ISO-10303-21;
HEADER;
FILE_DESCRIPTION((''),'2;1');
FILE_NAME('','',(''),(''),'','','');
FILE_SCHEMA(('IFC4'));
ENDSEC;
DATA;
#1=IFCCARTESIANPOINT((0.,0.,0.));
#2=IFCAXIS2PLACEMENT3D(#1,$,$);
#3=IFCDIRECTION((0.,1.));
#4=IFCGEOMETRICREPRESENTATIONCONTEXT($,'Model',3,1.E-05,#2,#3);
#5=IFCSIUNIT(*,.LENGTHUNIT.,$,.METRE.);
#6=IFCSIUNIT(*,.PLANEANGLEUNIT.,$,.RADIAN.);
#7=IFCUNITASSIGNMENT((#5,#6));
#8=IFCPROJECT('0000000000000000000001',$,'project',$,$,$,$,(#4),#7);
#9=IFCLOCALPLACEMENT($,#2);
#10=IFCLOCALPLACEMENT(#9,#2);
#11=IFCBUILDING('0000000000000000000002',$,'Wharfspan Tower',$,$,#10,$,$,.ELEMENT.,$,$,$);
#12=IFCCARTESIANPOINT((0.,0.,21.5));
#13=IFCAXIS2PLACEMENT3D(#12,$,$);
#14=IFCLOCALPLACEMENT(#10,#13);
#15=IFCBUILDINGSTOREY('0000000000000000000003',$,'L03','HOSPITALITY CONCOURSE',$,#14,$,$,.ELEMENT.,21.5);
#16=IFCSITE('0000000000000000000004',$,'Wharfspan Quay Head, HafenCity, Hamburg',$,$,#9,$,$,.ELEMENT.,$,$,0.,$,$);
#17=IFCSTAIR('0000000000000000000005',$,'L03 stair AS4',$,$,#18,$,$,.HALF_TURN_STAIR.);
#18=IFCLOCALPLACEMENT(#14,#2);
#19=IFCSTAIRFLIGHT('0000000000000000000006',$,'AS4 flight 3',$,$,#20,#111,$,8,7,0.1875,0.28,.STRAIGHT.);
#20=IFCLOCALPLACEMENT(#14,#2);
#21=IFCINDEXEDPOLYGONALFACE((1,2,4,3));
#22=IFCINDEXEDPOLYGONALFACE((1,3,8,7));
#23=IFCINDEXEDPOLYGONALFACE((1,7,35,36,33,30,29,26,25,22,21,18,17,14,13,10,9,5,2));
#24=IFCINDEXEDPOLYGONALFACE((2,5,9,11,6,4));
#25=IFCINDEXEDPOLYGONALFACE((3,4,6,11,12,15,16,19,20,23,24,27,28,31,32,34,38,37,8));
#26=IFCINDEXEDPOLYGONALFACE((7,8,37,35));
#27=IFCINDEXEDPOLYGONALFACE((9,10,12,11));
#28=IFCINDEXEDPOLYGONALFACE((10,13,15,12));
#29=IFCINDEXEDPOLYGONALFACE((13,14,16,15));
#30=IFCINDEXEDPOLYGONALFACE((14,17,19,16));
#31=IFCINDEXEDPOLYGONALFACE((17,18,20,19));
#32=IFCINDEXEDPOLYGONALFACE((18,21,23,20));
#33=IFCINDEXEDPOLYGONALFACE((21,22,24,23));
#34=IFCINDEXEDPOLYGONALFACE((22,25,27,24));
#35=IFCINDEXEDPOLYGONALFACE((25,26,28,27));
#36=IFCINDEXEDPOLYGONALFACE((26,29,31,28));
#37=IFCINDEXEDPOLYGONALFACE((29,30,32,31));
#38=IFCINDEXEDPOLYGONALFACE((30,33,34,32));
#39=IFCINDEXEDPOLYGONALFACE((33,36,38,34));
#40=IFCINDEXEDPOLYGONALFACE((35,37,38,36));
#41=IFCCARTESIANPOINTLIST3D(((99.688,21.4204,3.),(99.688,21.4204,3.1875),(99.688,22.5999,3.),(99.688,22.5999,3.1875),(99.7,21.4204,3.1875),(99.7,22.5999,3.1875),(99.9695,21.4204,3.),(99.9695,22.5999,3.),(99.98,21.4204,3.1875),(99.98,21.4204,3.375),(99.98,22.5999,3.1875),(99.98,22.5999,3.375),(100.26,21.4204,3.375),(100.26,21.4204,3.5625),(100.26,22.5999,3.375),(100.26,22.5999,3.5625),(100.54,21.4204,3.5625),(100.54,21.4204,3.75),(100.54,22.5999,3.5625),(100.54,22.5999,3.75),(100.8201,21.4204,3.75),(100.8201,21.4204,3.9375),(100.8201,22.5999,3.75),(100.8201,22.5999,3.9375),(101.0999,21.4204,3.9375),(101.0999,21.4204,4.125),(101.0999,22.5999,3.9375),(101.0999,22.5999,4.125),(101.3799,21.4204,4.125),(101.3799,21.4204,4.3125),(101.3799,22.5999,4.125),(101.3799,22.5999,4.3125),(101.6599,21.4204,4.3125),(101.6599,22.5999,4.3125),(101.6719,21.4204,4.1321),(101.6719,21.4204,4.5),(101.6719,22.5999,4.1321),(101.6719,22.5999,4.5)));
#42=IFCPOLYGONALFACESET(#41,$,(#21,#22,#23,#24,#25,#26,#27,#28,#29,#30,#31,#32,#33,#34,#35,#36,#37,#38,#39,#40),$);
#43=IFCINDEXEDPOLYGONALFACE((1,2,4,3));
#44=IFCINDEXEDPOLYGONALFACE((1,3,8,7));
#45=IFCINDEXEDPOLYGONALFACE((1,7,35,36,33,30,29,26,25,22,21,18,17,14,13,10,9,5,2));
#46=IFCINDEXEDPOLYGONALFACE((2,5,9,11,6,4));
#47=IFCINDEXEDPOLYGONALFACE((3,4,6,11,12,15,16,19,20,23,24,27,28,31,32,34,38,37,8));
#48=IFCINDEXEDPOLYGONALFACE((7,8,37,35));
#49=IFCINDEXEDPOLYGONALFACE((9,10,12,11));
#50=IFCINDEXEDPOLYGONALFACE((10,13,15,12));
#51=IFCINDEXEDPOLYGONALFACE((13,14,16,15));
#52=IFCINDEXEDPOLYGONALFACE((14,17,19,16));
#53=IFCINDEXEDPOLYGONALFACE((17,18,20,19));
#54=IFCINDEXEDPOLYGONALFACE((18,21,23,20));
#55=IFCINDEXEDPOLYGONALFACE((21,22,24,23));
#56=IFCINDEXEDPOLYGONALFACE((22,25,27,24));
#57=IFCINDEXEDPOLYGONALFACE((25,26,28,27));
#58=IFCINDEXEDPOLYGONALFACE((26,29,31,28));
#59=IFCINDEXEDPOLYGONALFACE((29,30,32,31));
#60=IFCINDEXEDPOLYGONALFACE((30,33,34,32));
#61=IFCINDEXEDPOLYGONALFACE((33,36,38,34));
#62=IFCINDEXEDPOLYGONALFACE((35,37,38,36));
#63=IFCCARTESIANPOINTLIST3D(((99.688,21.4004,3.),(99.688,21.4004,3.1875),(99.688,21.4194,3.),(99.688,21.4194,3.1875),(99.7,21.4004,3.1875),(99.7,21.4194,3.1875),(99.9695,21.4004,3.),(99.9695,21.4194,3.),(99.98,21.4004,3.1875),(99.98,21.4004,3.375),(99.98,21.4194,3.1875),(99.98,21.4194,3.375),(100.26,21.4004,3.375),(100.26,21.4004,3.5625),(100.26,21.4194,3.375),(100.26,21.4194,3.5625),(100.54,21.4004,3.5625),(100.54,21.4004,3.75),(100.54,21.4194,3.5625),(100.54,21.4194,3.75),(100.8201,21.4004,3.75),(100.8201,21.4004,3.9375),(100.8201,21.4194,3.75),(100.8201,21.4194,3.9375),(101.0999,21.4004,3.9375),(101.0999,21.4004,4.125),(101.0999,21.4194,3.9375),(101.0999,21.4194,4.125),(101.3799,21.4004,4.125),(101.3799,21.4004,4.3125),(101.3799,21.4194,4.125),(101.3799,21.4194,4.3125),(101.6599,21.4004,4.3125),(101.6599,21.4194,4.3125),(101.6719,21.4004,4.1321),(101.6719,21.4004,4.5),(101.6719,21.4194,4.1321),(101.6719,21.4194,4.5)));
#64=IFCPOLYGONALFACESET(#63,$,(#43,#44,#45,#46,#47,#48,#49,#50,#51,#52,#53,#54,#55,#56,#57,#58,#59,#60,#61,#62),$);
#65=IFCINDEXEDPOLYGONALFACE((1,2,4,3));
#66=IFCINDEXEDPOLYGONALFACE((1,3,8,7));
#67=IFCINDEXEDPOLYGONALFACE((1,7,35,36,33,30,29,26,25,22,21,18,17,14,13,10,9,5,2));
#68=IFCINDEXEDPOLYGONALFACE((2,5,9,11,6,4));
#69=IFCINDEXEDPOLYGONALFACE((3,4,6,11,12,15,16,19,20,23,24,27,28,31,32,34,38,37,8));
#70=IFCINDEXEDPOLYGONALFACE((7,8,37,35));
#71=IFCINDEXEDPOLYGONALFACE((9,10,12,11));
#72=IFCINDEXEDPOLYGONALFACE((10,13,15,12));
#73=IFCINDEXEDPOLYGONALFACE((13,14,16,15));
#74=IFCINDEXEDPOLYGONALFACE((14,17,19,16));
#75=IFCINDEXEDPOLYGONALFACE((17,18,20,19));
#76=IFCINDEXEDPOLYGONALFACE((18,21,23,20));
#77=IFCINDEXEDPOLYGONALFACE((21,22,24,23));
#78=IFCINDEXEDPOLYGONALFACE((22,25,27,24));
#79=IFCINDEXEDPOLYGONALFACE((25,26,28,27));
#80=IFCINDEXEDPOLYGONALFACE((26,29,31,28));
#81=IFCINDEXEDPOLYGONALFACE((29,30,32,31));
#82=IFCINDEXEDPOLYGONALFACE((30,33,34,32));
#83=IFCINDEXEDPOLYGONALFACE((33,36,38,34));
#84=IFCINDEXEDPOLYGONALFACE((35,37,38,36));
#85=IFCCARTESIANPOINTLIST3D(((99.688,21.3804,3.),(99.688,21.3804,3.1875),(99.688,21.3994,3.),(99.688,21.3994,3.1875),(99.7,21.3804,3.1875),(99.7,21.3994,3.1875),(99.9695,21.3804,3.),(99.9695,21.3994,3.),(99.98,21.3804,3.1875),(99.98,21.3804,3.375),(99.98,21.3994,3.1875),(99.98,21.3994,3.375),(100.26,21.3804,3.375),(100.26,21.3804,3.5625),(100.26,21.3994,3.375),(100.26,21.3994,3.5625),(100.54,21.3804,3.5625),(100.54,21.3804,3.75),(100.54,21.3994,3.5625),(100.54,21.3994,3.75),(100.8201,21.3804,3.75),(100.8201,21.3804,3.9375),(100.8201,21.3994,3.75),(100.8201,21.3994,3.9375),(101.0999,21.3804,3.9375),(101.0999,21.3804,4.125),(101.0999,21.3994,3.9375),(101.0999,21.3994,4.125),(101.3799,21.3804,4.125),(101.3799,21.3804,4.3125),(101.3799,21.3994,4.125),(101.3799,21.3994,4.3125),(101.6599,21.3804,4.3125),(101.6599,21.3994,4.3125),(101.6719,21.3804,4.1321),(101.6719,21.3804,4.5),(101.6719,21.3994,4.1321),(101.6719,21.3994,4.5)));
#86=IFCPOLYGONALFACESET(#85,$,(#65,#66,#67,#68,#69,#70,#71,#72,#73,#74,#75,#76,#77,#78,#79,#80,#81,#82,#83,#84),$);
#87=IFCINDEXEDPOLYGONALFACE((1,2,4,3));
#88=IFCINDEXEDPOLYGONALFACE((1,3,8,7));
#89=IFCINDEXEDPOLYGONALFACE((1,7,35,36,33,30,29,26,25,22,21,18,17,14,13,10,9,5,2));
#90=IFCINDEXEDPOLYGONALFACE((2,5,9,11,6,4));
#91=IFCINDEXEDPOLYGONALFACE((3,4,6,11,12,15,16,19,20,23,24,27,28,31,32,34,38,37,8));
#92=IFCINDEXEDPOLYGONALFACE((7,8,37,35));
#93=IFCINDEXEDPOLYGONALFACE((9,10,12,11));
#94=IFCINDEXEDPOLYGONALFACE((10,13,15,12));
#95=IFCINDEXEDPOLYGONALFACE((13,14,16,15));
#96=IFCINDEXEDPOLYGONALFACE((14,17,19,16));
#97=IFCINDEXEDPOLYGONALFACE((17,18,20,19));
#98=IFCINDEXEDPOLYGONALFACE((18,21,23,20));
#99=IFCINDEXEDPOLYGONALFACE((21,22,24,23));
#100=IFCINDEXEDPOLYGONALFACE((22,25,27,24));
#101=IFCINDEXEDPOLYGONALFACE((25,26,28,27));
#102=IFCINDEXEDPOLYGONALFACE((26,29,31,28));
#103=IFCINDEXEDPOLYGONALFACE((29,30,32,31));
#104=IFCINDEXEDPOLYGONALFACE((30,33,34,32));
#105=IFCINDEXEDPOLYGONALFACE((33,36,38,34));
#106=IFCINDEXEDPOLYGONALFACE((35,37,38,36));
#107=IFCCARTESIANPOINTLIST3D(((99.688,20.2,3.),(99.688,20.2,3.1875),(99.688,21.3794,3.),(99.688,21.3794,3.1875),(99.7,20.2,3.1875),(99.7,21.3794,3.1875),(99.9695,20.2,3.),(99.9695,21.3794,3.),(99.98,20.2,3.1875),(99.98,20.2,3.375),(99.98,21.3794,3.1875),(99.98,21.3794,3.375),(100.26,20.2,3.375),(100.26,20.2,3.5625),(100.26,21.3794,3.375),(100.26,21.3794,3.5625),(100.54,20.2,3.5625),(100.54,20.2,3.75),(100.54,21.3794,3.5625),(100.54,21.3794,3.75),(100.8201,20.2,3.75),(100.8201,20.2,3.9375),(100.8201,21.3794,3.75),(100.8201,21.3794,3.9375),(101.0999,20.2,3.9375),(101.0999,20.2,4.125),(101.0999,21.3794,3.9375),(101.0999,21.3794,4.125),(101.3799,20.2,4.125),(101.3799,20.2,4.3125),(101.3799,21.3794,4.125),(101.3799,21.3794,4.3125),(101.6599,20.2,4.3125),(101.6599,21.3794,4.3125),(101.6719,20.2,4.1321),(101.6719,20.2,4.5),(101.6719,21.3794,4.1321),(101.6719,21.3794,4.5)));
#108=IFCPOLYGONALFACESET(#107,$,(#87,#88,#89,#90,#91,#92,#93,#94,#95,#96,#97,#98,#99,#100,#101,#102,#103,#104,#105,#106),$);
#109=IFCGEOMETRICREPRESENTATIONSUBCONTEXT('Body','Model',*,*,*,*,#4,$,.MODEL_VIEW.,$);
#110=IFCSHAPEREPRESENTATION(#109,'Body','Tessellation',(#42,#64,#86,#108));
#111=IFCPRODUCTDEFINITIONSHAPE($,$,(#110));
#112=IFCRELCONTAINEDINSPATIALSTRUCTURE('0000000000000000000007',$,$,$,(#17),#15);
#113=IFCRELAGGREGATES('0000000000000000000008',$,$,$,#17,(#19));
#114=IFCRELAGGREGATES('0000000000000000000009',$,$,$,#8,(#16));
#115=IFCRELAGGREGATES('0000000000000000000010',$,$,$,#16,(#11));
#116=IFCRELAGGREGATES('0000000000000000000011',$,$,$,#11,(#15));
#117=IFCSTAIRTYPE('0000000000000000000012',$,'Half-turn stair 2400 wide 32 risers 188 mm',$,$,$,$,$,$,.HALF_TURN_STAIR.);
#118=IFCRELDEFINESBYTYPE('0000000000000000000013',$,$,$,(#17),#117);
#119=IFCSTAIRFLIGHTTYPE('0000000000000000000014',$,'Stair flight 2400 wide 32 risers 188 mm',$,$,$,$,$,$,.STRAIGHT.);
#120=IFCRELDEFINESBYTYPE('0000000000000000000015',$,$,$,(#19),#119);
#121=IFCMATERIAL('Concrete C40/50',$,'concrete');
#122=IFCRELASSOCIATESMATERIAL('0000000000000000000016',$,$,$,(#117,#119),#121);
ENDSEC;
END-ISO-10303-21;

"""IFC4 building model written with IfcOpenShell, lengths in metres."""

from ifc_helpers import new_model, si_unit, direction, frame, origin, place, context, subcontext, project, spatial, polyline, outline, extrude, material, type_object, element, aggregate, save


model = new_model("IFC4")

# Units and contexts
model_context = context("Model", 3, precision=1e-05, world=origin(), true_north=direction((0.0, 1.0)))
body_context = subcontext(model_context, "Body", "Model", "MODEL_VIEW")
ifc_project = project(units=[si_unit("LENGTHUNIT", "METRE"), si_unit("PLANEANGLEUNIT", "RADIAN")], contexts=[model_context])

# Site, building, storey
site_placement = place(None, origin())
site = spatial("IfcSite", under=ifc_project, at=site_placement, Name="Wharfspan Quay Head, HafenCity, Hamburg", CompositionType="ELEMENT", RefElevation=0.0)
building_placement = place(site_placement, origin())
building = spatial("IfcBuilding", under=site, at=building_placement, Name="Wharfspan Tower", CompositionType="ELEMENT")
storey_placement = place(building_placement, frame((0.0, 0.0, 21.5)))
storey = spatial("IfcBuildingStorey", under=building, at=storey_placement, Name="L03", Description="HOSPITALITY CONCOURSE", CompositionType="ELEMENT", Elevation=21.5)

# Shared definitions
ifc_material_1 = material(Name="Concrete C40/50", Category="concrete")

# Stair, stair flight
stair_type = type_object("IfcStairType", Name="Half-turn stair 2400 wide 32 risers 188 mm", PredefinedType="HALF_TURN_STAIR", material=ifc_material_1)
stair_placement = place(storey_placement, origin())
stair = element("IfcStair", 1, at=stair_placement, inside=storey, type_object=stair_type, Name="L03 stair AS4", PredefinedType="HALF_TURN_STAIR")
stair_flight_type = type_object("IfcStairFlightType", Name="Stair flight 2400 wide 32 risers 188 mm", PredefinedType="STRAIGHT", material=ifc_material_1)
stair_flight_1_placement = place(storey_placement, frame((99.7, 21.3999, 3.0), z_axis=(0.0, 0.0, 1.0), x_axis=(1.0, 0.0, 0.0)))
stair_flight_1 = element("IfcStairFlight", 2, at=stair_flight_1_placement, type_object=stair_flight_type, Name="AS4 flight 3", NumberOfRisers=8, NumberOfTreads=7, PredefinedType="STRAIGHT", RiserHeight=0.1875, TreadLength=0.28, context=body_context, shape_type="SweptSolid", body=[
    extrude(outline(polyline([(-0.012, 0.0), (-0.012, 0.1875), (0.0, 0.1875), (0.28, 0.1875), (0.28, 0.375), (0.5601, 0.375), (0.5601, 0.5625), (0.8401, 0.5625), (0.8401, 0.75), (1.1201, 0.75), (1.1201, 0.9375), (1.3999, 0.9375), (1.3999, 1.125), (1.6799, 1.125), (1.6799, 1.3125), (1.96, 1.3125), (1.9719, 1.5), (1.9719, 1.1321), (0.2695, 0.0), (-0.012, 0.0)])), frame((0.0, 1.2, 0.0), z_axis=(0.0, -1.0, 0.0), x_axis=(1.0, 0.0, 0.0)), (0.0, 0.0, 1.0), 1.1794),
    extrude(outline(polyline([(-0.012, 0.0), (-0.012, 0.1875), (0.0, 0.1875), (0.28, 0.1875), (0.28, 0.375), (0.5601, 0.375), (0.5601, 0.5625), (0.8401, 0.5625), (0.8401, 0.75), (1.1201, 0.75), (1.1201, 0.9375), (1.3999, 0.9375), (1.3999, 1.125), (1.6799, 1.125), (1.6799, 1.3125), (1.96, 1.3125), (1.9719, 1.5), (1.9719, 1.1321), (0.2695, 0.0), (-0.012, 0.0)])), frame((0.0, 0.0195, 0.0), z_axis=(0.0, -1.0, 0.0), x_axis=(1.0, 0.0, 0.0)), (0.0, 0.0, 1.0), 0.019),
    extrude(outline(polyline([(-0.012, 0.0), (-0.012, 0.1875), (0.0, 0.1875), (0.28, 0.1875), (0.28, 0.375), (0.5601, 0.375), (0.5601, 0.5625), (0.8401, 0.5625), (0.8401, 0.75), (1.1201, 0.75), (1.1201, 0.9375), (1.3999, 0.9375), (1.3999, 1.125), (1.6799, 1.125), (1.6799, 1.3125), (1.96, 1.3125), (1.9719, 1.5), (1.9719, 1.1321), (0.2695, 0.0), (-0.012, 0.0)])), frame((0.0, -0.0005, 0.0), z_axis=(0.0, -1.0, 0.0), x_axis=(1.0, 0.0, 0.0)), (0.0, 0.0, 1.0), 0.019),
    extrude(outline(polyline([(-0.012, 0.0), (-0.012, 0.1875), (0.0, 0.1875), (0.28, 0.1875), (0.28, 0.375), (0.5601, 0.375), (0.5601, 0.5625), (0.8401, 0.5625), (0.8401, 0.75), (1.1201, 0.75), (1.1201, 0.9375), (1.3999, 0.9375), (1.3999, 1.125), (1.6799, 1.125), (1.6799, 1.3125), (1.96, 1.3125), (1.9719, 1.5), (1.9719, 1.1321), (0.2695, 0.0), (-0.012, 0.0)])), frame((0.0, -0.0205, 0.0), z_axis=(0.0, -1.0, 0.0), x_axis=(1.0, 0.0, 0.0)), (0.0, 0.0, 1.0), 1.1794),
])
aggregate(stair, [stair_flight_1])

save(model, "model.ifc")
